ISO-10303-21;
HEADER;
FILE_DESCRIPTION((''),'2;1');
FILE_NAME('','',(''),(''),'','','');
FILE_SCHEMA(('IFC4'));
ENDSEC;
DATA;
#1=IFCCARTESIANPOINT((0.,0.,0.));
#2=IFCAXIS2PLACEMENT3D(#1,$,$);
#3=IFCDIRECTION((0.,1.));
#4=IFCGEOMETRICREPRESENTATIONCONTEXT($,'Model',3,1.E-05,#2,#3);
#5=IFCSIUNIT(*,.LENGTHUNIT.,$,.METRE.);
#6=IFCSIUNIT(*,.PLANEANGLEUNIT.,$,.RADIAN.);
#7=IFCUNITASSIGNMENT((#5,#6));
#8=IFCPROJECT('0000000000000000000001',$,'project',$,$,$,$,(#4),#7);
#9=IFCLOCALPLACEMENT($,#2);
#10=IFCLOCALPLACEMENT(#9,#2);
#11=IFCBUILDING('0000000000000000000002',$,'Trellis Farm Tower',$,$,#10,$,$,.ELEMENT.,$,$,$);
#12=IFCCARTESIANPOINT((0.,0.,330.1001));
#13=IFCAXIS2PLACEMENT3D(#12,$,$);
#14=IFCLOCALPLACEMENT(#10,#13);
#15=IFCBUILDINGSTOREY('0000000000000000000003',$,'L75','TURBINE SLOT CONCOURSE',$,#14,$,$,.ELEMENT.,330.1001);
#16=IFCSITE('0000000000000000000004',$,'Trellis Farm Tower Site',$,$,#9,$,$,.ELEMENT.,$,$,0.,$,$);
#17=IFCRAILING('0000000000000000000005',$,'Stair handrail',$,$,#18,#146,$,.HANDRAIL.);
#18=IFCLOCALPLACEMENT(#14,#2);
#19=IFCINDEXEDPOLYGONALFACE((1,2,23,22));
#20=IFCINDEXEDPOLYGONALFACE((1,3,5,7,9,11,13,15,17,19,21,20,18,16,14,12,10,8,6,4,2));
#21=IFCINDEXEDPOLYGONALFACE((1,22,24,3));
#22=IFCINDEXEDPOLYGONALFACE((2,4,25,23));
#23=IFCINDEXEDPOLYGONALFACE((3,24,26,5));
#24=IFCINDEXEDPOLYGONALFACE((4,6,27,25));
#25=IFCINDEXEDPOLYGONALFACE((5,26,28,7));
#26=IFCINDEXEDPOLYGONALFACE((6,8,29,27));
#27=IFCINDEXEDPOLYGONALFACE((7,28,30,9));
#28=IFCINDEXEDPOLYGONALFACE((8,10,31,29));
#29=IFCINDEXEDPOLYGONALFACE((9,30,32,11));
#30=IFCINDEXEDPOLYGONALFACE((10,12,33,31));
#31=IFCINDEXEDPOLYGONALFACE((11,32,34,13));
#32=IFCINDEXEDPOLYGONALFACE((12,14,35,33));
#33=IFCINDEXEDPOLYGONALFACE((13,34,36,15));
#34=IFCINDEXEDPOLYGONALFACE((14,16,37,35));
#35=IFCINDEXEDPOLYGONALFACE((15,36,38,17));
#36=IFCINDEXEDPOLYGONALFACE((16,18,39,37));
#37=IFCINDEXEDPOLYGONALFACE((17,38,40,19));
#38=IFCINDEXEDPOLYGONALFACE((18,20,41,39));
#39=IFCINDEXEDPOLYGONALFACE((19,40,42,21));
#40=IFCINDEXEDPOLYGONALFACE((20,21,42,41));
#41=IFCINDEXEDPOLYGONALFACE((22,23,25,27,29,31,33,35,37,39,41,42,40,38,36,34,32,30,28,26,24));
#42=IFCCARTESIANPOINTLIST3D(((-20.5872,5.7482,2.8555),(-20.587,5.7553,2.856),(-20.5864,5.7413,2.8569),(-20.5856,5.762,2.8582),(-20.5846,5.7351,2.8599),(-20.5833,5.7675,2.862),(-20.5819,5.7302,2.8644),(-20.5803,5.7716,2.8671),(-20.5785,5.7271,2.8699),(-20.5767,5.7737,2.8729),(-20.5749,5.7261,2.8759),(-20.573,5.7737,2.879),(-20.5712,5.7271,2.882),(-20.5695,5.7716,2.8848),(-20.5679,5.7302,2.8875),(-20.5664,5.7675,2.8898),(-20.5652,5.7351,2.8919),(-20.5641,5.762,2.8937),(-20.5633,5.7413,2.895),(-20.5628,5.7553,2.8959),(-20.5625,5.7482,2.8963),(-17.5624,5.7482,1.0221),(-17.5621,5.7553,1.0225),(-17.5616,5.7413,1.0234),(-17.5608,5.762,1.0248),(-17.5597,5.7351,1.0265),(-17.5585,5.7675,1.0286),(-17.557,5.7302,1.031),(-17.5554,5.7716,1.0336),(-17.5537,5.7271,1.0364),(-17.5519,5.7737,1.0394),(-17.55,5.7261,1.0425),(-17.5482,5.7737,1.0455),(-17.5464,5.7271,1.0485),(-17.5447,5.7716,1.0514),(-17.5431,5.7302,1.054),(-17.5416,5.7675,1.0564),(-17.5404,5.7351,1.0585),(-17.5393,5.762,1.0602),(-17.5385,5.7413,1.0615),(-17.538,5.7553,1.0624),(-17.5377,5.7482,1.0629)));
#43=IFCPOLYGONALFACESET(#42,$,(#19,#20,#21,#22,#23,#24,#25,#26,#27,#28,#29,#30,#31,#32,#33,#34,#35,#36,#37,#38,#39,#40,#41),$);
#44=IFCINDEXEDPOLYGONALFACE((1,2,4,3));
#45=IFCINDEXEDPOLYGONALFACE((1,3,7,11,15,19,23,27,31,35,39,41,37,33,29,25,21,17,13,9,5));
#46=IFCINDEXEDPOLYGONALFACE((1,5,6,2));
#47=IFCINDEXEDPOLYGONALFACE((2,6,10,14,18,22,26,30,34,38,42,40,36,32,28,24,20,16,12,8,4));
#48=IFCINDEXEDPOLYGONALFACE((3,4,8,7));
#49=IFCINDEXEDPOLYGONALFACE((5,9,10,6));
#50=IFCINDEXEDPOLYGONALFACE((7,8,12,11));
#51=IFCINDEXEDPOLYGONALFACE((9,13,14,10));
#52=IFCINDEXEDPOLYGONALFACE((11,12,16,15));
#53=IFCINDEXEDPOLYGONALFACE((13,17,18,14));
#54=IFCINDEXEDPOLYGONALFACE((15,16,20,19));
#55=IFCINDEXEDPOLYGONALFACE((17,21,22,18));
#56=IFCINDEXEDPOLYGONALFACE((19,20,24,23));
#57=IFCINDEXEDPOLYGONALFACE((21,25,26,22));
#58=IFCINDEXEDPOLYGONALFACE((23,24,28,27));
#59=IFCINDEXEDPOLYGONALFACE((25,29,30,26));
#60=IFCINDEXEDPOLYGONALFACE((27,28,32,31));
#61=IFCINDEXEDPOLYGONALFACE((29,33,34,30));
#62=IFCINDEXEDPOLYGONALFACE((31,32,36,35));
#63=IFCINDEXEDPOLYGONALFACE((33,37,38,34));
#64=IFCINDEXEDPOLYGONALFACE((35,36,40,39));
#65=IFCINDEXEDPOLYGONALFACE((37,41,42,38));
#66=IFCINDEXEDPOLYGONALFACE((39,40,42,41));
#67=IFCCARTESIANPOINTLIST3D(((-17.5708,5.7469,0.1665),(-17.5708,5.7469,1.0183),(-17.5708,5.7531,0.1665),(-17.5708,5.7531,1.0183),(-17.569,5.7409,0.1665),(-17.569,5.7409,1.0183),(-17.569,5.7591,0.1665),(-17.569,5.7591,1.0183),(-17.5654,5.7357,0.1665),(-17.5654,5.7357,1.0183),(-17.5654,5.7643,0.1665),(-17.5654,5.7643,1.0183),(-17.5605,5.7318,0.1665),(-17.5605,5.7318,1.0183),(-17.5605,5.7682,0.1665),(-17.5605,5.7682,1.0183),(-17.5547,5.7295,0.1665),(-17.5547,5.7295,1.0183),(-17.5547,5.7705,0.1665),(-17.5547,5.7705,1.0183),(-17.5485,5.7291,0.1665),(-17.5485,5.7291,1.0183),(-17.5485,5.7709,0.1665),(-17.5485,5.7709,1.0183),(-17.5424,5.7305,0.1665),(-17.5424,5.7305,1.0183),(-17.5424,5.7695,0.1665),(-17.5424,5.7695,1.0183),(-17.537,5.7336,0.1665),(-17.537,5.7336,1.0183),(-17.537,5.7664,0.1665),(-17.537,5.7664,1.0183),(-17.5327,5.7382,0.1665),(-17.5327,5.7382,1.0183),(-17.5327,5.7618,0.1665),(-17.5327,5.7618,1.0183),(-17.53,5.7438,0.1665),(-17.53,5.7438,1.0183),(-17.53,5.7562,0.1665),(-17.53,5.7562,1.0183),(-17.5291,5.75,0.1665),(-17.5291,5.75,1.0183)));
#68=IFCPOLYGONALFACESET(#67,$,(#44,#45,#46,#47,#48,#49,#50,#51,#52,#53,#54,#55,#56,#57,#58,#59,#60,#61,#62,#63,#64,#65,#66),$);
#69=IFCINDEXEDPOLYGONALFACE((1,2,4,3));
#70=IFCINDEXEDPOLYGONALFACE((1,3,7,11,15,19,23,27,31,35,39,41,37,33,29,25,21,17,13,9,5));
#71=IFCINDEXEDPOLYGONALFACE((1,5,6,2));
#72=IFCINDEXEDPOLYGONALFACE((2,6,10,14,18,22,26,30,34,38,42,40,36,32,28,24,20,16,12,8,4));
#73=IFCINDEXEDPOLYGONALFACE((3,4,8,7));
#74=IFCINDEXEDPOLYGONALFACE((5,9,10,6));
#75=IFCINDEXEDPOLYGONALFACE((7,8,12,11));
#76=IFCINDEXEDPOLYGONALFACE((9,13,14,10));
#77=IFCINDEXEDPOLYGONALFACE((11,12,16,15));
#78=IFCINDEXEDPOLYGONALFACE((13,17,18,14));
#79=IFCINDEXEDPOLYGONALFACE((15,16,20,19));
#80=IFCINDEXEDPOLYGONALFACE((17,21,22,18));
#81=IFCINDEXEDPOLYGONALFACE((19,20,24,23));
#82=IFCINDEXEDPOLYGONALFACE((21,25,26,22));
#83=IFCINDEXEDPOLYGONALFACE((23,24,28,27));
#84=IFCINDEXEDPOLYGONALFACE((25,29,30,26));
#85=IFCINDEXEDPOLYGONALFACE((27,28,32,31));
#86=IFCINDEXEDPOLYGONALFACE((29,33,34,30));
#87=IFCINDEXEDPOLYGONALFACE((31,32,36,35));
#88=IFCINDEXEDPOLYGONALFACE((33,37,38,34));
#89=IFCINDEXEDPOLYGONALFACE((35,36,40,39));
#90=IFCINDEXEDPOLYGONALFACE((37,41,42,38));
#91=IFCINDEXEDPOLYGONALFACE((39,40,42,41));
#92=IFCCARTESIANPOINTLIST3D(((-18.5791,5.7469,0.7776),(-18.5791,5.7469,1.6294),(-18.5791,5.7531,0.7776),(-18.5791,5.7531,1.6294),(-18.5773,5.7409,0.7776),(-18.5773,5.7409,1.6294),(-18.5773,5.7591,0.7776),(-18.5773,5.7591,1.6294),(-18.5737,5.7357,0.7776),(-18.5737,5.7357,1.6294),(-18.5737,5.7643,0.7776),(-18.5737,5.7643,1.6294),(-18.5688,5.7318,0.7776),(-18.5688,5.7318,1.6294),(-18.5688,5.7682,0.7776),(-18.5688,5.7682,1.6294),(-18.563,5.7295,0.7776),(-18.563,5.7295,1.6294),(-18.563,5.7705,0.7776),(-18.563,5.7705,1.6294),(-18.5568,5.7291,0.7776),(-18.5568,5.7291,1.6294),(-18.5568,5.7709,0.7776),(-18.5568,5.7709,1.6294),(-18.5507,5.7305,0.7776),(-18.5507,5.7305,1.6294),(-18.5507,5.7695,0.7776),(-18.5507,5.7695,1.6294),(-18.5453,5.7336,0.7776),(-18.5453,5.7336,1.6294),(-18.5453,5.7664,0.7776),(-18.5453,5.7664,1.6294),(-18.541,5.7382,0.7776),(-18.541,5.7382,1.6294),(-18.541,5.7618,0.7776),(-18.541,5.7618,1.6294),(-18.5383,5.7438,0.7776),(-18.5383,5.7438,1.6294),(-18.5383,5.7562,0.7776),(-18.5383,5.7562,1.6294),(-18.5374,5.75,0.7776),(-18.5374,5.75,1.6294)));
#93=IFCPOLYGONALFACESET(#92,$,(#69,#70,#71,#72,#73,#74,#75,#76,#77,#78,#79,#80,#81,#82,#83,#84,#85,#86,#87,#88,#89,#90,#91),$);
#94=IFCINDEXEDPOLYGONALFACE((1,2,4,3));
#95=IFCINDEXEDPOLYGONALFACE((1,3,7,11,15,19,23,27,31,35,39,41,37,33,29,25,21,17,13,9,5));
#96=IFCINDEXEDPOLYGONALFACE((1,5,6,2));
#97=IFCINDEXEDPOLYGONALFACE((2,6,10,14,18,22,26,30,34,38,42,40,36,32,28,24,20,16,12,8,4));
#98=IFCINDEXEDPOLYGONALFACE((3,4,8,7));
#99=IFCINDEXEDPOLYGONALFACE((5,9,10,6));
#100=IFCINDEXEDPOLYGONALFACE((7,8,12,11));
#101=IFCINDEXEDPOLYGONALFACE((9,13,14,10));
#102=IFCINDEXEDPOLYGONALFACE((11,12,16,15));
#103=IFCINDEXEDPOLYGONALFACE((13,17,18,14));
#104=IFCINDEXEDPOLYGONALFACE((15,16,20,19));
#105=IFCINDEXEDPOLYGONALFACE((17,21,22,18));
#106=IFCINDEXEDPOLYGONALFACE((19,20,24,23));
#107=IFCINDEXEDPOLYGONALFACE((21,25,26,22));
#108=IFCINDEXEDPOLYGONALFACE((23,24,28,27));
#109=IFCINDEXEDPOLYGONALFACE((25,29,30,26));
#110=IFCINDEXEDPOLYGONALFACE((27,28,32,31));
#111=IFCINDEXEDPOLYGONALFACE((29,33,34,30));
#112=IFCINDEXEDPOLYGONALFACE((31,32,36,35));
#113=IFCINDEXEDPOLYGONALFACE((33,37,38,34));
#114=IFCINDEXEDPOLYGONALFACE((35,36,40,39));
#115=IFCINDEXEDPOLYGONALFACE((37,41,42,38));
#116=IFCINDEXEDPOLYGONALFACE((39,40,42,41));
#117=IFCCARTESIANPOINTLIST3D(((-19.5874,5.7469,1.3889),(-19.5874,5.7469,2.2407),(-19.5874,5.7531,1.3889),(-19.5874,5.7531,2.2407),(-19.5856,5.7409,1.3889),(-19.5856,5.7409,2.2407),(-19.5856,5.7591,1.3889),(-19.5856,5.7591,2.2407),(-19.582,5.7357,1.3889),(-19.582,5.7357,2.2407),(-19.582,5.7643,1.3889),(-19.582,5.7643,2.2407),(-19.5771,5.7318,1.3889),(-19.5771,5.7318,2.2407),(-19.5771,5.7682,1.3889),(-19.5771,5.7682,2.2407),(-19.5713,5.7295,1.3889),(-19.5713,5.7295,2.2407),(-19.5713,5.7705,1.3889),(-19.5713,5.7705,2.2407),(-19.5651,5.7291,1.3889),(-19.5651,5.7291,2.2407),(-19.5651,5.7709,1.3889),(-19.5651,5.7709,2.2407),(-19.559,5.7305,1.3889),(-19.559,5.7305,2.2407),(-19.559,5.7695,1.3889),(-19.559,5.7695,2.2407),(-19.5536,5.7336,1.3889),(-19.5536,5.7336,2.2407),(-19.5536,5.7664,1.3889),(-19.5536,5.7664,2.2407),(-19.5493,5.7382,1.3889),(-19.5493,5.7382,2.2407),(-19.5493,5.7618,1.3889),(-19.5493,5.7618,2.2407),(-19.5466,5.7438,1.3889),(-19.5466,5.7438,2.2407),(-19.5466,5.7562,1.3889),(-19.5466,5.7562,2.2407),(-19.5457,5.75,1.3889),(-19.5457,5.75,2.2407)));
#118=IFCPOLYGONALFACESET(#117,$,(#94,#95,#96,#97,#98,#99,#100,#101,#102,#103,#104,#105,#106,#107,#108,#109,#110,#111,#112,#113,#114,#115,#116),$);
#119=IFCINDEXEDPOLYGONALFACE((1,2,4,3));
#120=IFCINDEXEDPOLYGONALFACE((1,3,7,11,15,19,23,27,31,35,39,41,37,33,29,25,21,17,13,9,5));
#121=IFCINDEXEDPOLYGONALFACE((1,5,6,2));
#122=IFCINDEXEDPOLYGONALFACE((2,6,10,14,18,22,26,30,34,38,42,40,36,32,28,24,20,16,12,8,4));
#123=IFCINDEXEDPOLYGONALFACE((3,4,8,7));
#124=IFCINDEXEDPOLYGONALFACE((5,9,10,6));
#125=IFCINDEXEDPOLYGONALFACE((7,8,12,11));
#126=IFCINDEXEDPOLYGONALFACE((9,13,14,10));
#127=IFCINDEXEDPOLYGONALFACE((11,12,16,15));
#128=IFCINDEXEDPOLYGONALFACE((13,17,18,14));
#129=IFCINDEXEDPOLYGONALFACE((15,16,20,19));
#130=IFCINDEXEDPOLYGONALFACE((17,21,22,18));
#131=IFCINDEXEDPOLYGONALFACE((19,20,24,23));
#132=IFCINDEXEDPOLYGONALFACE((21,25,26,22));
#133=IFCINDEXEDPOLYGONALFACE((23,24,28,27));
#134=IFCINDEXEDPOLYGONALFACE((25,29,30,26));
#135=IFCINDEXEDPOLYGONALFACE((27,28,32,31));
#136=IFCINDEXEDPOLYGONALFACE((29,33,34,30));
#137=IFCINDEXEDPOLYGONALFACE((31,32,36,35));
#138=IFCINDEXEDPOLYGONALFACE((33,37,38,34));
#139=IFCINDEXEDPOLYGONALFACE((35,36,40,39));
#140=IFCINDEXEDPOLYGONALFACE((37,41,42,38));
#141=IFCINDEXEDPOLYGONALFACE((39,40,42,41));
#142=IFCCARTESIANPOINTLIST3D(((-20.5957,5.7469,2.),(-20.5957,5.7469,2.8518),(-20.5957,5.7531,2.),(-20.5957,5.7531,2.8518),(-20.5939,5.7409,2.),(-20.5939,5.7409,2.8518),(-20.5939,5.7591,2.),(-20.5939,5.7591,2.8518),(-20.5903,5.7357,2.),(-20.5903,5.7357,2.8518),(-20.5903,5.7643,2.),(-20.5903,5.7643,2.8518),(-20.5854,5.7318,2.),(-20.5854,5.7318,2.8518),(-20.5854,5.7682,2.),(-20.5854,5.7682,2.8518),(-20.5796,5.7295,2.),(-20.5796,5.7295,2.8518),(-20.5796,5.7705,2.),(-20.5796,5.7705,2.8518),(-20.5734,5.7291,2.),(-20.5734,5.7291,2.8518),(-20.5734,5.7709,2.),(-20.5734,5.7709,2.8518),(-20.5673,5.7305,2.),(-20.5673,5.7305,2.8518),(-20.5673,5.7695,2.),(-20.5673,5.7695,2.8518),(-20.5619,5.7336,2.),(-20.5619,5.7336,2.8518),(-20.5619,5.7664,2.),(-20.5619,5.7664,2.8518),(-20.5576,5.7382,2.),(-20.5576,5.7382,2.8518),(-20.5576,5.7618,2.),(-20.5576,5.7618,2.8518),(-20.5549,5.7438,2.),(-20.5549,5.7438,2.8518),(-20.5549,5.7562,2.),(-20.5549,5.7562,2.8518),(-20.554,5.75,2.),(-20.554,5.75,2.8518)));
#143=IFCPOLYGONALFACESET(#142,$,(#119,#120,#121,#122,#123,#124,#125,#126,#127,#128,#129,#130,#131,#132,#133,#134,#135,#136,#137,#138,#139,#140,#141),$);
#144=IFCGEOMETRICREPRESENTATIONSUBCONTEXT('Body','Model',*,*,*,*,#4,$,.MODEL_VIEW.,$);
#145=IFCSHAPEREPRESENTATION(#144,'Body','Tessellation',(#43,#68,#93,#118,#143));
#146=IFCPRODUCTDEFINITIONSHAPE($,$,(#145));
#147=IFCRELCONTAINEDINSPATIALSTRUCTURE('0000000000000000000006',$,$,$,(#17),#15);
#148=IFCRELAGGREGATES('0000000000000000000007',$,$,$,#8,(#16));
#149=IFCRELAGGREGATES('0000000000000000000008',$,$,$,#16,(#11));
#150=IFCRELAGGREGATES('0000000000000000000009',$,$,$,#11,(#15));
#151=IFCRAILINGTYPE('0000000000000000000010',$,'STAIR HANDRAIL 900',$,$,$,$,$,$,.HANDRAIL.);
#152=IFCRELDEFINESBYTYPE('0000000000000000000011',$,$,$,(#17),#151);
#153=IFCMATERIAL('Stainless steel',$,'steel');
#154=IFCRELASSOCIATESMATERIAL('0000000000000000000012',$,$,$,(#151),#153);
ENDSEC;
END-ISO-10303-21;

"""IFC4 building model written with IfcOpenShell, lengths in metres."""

from ifc_helpers import new_model, si_unit, direction, frame, origin, origin_2d, place, context, subcontext, project, spatial, circle, extrude, source, transform, mapped, material, type_object, element, save


model = new_model("IFC4")

# Units and contexts
model_context = context("Model", 3, precision=1e-05, world=origin(), true_north=direction((0.0, 1.0)))
body_context = subcontext(model_context, "Body", "Model", "MODEL_VIEW")
ifc_project = project(units=[si_unit("LENGTHUNIT", "METRE"), si_unit("PLANEANGLEUNIT", "RADIAN")], contexts=[model_context])

# Site, building, storey
site_placement = place(None, origin())
site = spatial("IfcSite", under=ifc_project, at=site_placement, Name="Trellis Farm Tower Site", CompositionType="ELEMENT", RefElevation=0.0)
building_placement = place(site_placement, origin())
building = spatial("IfcBuilding", under=site, at=building_placement, Name="Trellis Farm Tower", CompositionType="ELEMENT")
storey_placement = place(building_placement, frame((0.0, 0.0, 330.1001)))
storey = spatial("IfcBuildingStorey", under=building, at=storey_placement, Name="L75", Description="TURBINE SLOT CONCOURSE", CompositionType="ELEMENT", Elevation=330.1001)

# Railing
ifc_material_1 = material(Name="Stainless steel", Category="steel")
railing_type_1 = type_object("IfcRailingType", Name="STAIR HANDRAIL 900", PredefinedType="HANDRAIL", material=ifc_material_1)
shared_shape_1 = source(origin(), body_context, "Body", "SweptSolid", [
    extrude(circle(Radius=0.0239, at=origin_2d()), frame((0.0, 0.0, 0.876), z_axis=(-0.85517, 0.0, 0.518348), x_axis=(0.0, -1.0, 0.0)), (0.0, 0.0, 1.0), 3.5371),
    extrude(circle(Radius=0.021, at=origin_2d()), origin(), (0.0, 0.0, 1.0), 0.8518),
    extrude(circle(Radius=0.021, at=origin_2d()), frame((-1.0083, 0.0, 0.6111)), (0.0, 0.0, 1.0), 0.8518),
    extrude(circle(Radius=0.021, at=origin_2d()), frame((-2.0166, 0.0, 1.2224)), (0.0, 0.0, 1.0), 0.8518),
    extrude(circle(Radius=0.021, at=origin_2d()), frame((-3.0249, 0.0, 1.8335)), (0.0, 0.0, 1.0), 0.8518),
])
for number, where, name in (
    (1, (-17.55, 5.75, 0.1665), "Stair handrail"),
):
    element("IfcRailing", number, at=place(storey_placement, frame(where)), inside=storey, type_object=railing_type_1, Name=name, PredefinedType="HANDRAIL", context=body_context, shape_type="MappedRepresentation", body=[
        mapped(shared_shape_1, transform((0.0, 0.0, 0.0))),
    ])

save(model, "model.ifc")
